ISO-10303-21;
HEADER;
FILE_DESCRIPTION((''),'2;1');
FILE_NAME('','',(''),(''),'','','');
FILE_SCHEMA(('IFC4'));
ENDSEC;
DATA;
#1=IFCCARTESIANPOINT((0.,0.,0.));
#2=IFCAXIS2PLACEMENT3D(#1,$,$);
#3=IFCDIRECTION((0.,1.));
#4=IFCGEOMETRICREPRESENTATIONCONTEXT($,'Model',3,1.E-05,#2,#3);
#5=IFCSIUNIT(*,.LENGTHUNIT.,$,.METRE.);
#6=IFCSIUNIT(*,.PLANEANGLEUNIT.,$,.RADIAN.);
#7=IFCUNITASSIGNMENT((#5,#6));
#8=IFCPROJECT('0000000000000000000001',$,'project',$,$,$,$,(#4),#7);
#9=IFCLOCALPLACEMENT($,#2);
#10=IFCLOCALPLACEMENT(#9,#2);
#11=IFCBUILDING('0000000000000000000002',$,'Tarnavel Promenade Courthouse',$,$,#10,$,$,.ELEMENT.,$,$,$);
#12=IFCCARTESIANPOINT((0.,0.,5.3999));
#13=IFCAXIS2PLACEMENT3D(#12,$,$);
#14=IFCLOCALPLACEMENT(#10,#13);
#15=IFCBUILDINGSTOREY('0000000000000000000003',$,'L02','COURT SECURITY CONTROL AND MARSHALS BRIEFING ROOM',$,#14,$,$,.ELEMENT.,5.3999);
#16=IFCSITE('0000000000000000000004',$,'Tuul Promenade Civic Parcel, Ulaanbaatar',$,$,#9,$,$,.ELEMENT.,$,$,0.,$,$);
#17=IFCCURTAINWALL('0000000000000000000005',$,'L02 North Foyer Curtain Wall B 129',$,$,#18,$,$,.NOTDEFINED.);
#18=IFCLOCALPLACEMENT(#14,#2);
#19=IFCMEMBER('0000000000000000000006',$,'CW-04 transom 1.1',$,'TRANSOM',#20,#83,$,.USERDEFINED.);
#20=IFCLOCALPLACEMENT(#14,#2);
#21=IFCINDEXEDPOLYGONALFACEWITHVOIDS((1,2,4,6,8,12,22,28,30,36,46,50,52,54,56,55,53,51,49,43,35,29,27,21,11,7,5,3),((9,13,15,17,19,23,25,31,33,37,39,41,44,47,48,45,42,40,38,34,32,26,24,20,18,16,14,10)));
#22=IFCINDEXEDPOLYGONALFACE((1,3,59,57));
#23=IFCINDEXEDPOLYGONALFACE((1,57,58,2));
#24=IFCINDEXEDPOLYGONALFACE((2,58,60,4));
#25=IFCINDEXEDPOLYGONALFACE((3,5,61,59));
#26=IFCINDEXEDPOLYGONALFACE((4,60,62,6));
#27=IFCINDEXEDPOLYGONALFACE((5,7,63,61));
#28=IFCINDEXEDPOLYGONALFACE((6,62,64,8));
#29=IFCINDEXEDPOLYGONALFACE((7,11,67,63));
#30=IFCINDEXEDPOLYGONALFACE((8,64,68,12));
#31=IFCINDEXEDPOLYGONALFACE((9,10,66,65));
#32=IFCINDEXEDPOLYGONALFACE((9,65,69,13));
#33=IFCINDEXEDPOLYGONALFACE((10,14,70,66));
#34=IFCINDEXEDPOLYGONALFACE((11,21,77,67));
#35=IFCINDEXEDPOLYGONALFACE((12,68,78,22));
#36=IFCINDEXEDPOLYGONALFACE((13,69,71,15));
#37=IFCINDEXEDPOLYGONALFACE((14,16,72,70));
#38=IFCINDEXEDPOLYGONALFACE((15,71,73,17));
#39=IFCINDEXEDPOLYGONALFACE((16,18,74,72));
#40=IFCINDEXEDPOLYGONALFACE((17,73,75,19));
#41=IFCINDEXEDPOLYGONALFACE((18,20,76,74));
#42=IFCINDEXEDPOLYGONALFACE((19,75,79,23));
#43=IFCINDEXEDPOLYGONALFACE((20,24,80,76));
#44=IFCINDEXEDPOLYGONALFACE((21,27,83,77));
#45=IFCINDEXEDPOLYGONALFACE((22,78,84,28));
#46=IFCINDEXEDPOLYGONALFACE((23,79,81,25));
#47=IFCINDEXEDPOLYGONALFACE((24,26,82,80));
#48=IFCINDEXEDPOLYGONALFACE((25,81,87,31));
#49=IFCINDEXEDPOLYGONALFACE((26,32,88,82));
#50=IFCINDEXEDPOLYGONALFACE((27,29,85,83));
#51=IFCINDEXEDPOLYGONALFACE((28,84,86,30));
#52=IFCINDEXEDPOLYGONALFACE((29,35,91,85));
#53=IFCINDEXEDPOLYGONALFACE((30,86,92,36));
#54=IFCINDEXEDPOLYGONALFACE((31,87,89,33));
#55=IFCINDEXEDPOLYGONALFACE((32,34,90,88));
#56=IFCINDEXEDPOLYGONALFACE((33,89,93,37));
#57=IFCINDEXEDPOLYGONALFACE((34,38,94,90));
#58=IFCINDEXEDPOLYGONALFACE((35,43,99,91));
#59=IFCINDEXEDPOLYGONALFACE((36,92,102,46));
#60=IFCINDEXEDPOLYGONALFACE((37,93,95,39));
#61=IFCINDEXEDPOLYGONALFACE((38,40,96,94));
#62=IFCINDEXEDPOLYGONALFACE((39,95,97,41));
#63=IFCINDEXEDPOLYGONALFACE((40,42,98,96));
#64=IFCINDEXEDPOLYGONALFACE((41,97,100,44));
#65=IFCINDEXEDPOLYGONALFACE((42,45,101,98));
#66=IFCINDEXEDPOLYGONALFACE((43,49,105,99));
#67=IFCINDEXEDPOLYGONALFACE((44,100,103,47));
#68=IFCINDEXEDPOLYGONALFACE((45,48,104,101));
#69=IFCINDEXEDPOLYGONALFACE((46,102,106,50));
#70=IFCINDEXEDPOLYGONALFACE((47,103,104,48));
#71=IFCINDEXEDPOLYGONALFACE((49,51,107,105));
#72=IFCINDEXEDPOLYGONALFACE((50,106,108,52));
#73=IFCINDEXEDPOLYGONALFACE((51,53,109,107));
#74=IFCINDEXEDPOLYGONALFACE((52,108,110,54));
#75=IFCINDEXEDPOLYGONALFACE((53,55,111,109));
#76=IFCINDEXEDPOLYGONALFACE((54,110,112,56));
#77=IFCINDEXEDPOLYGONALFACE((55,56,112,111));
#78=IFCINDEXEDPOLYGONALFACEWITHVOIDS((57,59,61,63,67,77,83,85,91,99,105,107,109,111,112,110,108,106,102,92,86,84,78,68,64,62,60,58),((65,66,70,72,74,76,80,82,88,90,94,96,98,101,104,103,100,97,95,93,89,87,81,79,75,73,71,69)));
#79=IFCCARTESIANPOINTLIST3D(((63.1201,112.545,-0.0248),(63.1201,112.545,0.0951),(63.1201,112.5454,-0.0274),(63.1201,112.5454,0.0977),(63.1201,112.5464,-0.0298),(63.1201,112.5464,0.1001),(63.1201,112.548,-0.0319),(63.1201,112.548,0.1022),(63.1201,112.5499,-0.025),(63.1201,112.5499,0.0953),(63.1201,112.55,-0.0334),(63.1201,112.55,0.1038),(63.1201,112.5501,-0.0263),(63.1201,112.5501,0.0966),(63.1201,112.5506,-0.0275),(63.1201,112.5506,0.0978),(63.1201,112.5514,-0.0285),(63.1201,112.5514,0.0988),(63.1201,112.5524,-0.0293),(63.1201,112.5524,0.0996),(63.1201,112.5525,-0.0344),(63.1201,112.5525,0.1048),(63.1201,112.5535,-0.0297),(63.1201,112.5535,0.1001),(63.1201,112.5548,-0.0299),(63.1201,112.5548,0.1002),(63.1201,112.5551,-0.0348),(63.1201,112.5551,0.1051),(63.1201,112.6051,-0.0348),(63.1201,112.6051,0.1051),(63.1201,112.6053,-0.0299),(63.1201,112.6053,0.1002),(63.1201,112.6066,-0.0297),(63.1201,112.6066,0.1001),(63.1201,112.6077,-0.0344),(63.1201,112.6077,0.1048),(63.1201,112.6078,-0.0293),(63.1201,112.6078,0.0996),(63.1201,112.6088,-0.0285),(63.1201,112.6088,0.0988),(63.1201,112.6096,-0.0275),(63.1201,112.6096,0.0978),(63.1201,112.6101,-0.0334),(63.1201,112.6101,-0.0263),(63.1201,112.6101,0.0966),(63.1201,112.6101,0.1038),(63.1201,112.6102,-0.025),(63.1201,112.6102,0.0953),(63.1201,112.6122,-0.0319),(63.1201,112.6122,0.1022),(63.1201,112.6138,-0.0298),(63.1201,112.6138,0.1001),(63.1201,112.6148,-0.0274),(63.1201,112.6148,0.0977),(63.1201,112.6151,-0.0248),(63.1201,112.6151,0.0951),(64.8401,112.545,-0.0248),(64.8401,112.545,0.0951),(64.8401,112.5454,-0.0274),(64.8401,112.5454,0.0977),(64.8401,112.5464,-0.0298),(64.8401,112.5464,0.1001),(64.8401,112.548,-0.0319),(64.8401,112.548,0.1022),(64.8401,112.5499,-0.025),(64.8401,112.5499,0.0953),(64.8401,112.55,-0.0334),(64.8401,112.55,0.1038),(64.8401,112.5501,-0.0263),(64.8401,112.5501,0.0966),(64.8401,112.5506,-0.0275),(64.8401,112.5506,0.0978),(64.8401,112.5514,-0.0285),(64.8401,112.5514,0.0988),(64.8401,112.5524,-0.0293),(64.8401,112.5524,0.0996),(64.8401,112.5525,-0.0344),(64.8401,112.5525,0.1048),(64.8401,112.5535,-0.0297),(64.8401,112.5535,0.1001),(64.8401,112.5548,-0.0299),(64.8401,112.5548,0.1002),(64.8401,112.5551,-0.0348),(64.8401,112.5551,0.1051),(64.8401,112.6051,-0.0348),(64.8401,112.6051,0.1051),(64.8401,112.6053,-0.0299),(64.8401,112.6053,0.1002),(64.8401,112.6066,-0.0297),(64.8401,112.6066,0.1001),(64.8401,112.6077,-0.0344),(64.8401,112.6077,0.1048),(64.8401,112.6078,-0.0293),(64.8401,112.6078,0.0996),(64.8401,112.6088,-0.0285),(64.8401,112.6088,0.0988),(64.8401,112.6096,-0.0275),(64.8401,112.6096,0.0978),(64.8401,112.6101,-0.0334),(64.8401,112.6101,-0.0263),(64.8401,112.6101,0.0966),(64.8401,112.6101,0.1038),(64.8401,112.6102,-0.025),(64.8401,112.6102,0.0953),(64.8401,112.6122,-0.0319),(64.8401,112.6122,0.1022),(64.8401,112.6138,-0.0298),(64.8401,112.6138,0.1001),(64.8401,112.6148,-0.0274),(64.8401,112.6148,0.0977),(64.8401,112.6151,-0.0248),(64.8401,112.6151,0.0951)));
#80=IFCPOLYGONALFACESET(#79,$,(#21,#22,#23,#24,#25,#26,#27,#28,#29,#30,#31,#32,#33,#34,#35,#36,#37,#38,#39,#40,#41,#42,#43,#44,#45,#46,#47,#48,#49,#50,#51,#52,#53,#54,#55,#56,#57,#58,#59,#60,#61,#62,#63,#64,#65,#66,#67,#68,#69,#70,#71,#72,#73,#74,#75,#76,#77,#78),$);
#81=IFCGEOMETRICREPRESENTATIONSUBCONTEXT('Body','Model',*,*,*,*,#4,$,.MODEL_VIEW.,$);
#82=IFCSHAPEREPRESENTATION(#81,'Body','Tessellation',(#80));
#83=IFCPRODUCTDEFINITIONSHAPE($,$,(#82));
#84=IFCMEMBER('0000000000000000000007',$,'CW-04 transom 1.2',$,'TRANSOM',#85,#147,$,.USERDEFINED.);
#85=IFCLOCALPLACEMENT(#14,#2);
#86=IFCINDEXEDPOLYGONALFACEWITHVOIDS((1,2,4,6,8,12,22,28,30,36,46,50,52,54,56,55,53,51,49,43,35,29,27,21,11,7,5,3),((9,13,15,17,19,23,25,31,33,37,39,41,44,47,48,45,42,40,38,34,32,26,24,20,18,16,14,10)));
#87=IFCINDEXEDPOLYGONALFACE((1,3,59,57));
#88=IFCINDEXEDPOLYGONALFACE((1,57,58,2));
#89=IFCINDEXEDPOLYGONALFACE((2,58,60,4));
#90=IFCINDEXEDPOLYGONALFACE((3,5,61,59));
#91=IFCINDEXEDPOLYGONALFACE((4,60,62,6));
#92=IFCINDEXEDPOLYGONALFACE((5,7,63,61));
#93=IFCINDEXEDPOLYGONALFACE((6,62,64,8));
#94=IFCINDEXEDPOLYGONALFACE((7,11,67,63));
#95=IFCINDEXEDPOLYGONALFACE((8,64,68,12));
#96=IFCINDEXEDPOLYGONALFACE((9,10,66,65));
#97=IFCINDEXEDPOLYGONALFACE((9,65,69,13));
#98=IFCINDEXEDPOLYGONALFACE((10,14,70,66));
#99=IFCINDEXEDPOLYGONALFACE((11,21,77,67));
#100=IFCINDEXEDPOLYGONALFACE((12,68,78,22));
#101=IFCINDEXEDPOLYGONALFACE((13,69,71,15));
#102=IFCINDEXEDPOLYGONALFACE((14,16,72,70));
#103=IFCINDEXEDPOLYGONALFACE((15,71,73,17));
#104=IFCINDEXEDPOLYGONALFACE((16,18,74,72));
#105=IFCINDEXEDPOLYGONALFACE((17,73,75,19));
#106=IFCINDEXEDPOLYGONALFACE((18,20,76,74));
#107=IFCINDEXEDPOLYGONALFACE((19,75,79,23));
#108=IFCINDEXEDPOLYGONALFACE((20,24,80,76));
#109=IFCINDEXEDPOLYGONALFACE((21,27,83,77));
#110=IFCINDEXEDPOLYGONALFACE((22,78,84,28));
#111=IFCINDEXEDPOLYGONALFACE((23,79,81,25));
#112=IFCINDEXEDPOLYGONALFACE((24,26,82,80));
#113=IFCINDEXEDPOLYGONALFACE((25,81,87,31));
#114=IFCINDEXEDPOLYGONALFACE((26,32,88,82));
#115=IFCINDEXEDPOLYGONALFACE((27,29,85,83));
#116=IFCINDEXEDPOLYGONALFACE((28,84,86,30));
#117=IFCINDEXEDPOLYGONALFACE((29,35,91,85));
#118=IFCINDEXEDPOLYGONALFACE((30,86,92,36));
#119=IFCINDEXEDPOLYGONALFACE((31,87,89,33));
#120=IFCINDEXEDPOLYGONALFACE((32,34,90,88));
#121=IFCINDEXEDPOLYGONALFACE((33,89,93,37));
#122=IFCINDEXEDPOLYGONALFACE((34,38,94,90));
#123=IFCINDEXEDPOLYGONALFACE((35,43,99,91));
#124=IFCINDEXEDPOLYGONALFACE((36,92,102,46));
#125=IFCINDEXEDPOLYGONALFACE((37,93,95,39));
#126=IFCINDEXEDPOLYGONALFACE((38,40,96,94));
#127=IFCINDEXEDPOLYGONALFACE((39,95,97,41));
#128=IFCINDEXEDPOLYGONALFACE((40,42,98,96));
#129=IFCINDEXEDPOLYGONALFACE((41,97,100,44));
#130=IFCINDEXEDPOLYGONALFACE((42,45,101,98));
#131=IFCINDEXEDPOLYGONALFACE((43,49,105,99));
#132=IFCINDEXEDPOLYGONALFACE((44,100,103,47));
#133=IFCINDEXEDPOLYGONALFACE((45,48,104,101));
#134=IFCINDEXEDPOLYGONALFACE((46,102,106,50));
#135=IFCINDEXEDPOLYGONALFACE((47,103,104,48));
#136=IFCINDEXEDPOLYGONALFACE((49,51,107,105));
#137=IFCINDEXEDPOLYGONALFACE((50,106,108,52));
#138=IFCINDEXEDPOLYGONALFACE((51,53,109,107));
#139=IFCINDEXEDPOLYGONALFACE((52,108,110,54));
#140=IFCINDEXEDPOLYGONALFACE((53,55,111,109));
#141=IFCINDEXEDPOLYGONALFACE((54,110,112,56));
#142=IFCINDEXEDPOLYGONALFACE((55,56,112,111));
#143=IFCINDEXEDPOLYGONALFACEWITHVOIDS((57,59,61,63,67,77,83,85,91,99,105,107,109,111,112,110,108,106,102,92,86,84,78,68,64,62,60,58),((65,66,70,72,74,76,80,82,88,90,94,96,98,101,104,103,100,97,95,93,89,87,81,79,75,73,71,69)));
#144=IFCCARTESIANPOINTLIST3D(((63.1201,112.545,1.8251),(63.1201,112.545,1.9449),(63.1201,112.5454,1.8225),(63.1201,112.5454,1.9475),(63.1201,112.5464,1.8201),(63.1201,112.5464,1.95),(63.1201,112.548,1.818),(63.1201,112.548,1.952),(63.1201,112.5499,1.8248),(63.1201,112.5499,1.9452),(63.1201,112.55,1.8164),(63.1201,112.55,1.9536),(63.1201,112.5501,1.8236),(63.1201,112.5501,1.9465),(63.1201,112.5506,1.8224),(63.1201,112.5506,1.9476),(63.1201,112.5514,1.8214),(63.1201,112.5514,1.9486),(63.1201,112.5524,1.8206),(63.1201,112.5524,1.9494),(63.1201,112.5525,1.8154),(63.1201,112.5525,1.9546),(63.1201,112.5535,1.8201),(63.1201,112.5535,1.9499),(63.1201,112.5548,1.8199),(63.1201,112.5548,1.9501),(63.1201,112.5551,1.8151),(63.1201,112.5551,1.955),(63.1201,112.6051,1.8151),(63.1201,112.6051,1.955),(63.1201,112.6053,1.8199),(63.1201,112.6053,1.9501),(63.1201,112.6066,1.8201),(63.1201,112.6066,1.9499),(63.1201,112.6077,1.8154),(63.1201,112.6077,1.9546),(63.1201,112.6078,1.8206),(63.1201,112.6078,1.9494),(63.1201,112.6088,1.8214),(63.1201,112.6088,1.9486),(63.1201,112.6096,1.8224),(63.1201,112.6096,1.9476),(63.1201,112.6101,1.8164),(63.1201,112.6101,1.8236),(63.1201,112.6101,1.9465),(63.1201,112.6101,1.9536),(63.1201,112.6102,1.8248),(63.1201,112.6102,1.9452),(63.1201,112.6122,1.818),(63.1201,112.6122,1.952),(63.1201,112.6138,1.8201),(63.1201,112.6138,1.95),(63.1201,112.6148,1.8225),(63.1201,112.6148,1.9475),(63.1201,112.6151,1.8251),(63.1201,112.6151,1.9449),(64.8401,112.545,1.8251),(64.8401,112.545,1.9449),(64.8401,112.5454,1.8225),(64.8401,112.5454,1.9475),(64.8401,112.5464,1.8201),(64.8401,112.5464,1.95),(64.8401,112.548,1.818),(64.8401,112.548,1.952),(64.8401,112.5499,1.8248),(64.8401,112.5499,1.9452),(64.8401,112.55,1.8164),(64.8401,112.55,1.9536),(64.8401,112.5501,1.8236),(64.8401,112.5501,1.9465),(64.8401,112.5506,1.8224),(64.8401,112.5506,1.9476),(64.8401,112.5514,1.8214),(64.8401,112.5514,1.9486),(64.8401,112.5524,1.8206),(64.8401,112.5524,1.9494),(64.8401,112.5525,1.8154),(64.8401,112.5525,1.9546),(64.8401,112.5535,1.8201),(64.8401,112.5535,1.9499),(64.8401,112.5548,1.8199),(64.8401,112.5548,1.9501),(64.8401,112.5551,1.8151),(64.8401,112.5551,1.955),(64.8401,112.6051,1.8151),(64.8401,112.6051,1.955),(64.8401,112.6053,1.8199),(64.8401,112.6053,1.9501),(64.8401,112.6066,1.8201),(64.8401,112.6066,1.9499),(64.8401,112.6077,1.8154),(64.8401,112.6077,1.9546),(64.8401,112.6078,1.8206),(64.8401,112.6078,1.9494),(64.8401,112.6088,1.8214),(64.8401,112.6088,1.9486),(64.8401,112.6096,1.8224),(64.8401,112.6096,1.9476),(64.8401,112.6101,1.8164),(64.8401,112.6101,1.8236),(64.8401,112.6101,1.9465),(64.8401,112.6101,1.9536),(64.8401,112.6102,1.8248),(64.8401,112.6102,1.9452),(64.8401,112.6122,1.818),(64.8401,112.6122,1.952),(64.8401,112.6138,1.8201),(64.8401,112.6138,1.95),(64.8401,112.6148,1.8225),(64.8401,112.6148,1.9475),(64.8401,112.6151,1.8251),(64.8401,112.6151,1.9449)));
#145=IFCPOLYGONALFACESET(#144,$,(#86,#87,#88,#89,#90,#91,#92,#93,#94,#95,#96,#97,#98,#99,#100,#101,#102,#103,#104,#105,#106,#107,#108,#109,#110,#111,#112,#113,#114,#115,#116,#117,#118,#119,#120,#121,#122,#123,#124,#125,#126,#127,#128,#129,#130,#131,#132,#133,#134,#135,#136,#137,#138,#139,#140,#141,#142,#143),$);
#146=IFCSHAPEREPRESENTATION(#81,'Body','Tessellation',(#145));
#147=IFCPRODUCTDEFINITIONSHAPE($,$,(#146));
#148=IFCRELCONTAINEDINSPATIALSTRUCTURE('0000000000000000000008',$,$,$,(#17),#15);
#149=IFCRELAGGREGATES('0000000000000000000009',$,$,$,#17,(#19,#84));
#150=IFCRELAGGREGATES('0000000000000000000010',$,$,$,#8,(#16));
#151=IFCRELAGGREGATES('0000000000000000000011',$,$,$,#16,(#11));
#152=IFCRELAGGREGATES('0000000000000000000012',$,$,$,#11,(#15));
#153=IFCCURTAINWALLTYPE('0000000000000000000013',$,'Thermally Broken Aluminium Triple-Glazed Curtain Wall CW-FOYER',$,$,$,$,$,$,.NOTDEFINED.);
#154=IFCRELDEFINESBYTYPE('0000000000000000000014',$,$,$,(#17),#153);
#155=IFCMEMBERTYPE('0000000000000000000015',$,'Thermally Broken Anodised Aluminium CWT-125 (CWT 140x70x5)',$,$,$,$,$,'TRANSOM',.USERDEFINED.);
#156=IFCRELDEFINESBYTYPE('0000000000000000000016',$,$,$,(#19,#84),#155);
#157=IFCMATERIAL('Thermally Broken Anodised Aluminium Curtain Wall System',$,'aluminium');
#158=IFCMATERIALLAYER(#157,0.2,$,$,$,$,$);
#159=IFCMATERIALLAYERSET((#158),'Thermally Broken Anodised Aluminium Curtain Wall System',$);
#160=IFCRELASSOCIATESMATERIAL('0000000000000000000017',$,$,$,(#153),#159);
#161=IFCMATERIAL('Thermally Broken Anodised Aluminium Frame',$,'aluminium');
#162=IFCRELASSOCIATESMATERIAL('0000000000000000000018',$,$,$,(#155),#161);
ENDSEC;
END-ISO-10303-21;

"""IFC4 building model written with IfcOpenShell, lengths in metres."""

from ifc_helpers import new_model, si_unit, direction, frame, origin, origin_2d, place, context, subcontext, project, spatial, hollow_rectangle, extrude, material, layer, layer_set, material_profile, profile_set, type_object, element, aggregate, save


model = new_model("IFC4")

# Units and contexts
model_context = context("Model", 3, precision=1e-05, world=origin(), true_north=direction((0.0, 1.0)))
body_context = subcontext(model_context, "Body", "Model", "MODEL_VIEW")
ifc_project = project(units=[si_unit("LENGTHUNIT", "METRE"), si_unit("PLANEANGLEUNIT", "RADIAN")], contexts=[model_context])

# Site, building, storey
site_placement = place(None, origin())
site = spatial("IfcSite", under=ifc_project, at=site_placement, Name="Tuul Promenade Civic Parcel, Ulaanbaatar", CompositionType="ELEMENT", RefElevation=0.0)
building_placement = place(site_placement, origin())
building = spatial("IfcBuilding", under=site, at=building_placement, Name="Tarnavel Promenade Courthouse", CompositionType="ELEMENT")
storey_placement = place(building_placement, frame((0.0, 0.0, 5.3999)))
storey = spatial("IfcBuildingStorey", under=building, at=storey_placement, Name="L02", Description="COURT SECURITY CONTROL AND MARSHALS BRIEFING ROOM", CompositionType="ELEMENT", Elevation=5.3999)

# Curtain wall
ifc_material_1 = material(Name="Thermally Broken Anodised Aluminium Curtain Wall System", Category="aluminium")
ifc_layer_1 = layer(ifc_material_1, 0.2)
ifc_layer_set_1 = layer_set([ifc_layer_1], Name="Thermally Broken Anodised Aluminium Curtain Wall System")
curtain_wall_type = type_object("IfcCurtainWallType", Name="Thermally Broken Aluminium Triple-Glazed Curtain Wall CW-FOYER", PredefinedType="NOTDEFINED", material=ifc_layer_set_1)
ifc_material_2 = material(Name="Thermally Broken Anodised Aluminium Frame", Category="aluminium")
curtain_wall_1_placement = place(storey_placement, origin())
curtain_wall_1 = element("IfcCurtainWall", 1, at=curtain_wall_1_placement, inside=storey, type_object=curtain_wall_type, Name="L02 North Foyer Curtain Wall B 129", PredefinedType="NOTDEFINED")

# Members
ifc_material_profile_1 = material_profile(ifc_material_2, hollow_rectangle(XDim=0.0701, YDim=0.1399, WallThickness=0.0049, InnerFilletRadius=0.0049, OuterFilletRadius=0.01, at=origin_2d()), Name="CWT 140x70x5")
ifc_profile_set_1 = profile_set([ifc_material_profile_1], Name="Thermally Broken Anodised Aluminium Frame")
member_type_1 = type_object("IfcMemberType", Name="Thermally Broken Anodised Aluminium CWT-125 (CWT 140x70x5)", ElementType="TRANSOM", PredefinedType="USERDEFINED", material=ifc_profile_set_1)
member_1_placement = place(storey_placement, frame((63.1201, 112.5801, 0.0352), z_axis=(1.0, 0.0, 0.0), x_axis=(0.0, 1.0, 0.0)))
member_1 = element("IfcMember", 2, at=member_1_placement, type_object=member_type_1, Name="CW-04 transom 1.1", ObjectType="TRANSOM", PredefinedType="USERDEFINED", context=body_context, shape_type="SweptSolid", body=[
    extrude(hollow_rectangle(XDim=0.0701, YDim=0.1399, WallThickness=0.0049, InnerFilletRadius=0.0049, OuterFilletRadius=0.01, at=origin_2d()), origin(), (0.0, 0.0, 1.0), 1.72),
])
member_2_placement = place(storey_placement, frame((63.1201, 112.5801, 1.885), z_axis=(1.0, 0.0, 0.0), x_axis=(0.0, 1.0, 0.0)))
member_2 = element("IfcMember", 3, at=member_2_placement, type_object=member_type_1, Name="CW-04 transom 1.2", ObjectType="TRANSOM", PredefinedType="USERDEFINED", context=body_context, shape_type="SweptSolid", body=[
    extrude(hollow_rectangle(XDim=0.0701, YDim=0.1399, WallThickness=0.0049, InnerFilletRadius=0.0049, OuterFilletRadius=0.01, at=origin_2d()), origin(), (0.0, 0.0, 1.0), 1.72),
])

aggregate(curtain_wall_1, [member_1, member_2])

save(model, "model.ifc")
